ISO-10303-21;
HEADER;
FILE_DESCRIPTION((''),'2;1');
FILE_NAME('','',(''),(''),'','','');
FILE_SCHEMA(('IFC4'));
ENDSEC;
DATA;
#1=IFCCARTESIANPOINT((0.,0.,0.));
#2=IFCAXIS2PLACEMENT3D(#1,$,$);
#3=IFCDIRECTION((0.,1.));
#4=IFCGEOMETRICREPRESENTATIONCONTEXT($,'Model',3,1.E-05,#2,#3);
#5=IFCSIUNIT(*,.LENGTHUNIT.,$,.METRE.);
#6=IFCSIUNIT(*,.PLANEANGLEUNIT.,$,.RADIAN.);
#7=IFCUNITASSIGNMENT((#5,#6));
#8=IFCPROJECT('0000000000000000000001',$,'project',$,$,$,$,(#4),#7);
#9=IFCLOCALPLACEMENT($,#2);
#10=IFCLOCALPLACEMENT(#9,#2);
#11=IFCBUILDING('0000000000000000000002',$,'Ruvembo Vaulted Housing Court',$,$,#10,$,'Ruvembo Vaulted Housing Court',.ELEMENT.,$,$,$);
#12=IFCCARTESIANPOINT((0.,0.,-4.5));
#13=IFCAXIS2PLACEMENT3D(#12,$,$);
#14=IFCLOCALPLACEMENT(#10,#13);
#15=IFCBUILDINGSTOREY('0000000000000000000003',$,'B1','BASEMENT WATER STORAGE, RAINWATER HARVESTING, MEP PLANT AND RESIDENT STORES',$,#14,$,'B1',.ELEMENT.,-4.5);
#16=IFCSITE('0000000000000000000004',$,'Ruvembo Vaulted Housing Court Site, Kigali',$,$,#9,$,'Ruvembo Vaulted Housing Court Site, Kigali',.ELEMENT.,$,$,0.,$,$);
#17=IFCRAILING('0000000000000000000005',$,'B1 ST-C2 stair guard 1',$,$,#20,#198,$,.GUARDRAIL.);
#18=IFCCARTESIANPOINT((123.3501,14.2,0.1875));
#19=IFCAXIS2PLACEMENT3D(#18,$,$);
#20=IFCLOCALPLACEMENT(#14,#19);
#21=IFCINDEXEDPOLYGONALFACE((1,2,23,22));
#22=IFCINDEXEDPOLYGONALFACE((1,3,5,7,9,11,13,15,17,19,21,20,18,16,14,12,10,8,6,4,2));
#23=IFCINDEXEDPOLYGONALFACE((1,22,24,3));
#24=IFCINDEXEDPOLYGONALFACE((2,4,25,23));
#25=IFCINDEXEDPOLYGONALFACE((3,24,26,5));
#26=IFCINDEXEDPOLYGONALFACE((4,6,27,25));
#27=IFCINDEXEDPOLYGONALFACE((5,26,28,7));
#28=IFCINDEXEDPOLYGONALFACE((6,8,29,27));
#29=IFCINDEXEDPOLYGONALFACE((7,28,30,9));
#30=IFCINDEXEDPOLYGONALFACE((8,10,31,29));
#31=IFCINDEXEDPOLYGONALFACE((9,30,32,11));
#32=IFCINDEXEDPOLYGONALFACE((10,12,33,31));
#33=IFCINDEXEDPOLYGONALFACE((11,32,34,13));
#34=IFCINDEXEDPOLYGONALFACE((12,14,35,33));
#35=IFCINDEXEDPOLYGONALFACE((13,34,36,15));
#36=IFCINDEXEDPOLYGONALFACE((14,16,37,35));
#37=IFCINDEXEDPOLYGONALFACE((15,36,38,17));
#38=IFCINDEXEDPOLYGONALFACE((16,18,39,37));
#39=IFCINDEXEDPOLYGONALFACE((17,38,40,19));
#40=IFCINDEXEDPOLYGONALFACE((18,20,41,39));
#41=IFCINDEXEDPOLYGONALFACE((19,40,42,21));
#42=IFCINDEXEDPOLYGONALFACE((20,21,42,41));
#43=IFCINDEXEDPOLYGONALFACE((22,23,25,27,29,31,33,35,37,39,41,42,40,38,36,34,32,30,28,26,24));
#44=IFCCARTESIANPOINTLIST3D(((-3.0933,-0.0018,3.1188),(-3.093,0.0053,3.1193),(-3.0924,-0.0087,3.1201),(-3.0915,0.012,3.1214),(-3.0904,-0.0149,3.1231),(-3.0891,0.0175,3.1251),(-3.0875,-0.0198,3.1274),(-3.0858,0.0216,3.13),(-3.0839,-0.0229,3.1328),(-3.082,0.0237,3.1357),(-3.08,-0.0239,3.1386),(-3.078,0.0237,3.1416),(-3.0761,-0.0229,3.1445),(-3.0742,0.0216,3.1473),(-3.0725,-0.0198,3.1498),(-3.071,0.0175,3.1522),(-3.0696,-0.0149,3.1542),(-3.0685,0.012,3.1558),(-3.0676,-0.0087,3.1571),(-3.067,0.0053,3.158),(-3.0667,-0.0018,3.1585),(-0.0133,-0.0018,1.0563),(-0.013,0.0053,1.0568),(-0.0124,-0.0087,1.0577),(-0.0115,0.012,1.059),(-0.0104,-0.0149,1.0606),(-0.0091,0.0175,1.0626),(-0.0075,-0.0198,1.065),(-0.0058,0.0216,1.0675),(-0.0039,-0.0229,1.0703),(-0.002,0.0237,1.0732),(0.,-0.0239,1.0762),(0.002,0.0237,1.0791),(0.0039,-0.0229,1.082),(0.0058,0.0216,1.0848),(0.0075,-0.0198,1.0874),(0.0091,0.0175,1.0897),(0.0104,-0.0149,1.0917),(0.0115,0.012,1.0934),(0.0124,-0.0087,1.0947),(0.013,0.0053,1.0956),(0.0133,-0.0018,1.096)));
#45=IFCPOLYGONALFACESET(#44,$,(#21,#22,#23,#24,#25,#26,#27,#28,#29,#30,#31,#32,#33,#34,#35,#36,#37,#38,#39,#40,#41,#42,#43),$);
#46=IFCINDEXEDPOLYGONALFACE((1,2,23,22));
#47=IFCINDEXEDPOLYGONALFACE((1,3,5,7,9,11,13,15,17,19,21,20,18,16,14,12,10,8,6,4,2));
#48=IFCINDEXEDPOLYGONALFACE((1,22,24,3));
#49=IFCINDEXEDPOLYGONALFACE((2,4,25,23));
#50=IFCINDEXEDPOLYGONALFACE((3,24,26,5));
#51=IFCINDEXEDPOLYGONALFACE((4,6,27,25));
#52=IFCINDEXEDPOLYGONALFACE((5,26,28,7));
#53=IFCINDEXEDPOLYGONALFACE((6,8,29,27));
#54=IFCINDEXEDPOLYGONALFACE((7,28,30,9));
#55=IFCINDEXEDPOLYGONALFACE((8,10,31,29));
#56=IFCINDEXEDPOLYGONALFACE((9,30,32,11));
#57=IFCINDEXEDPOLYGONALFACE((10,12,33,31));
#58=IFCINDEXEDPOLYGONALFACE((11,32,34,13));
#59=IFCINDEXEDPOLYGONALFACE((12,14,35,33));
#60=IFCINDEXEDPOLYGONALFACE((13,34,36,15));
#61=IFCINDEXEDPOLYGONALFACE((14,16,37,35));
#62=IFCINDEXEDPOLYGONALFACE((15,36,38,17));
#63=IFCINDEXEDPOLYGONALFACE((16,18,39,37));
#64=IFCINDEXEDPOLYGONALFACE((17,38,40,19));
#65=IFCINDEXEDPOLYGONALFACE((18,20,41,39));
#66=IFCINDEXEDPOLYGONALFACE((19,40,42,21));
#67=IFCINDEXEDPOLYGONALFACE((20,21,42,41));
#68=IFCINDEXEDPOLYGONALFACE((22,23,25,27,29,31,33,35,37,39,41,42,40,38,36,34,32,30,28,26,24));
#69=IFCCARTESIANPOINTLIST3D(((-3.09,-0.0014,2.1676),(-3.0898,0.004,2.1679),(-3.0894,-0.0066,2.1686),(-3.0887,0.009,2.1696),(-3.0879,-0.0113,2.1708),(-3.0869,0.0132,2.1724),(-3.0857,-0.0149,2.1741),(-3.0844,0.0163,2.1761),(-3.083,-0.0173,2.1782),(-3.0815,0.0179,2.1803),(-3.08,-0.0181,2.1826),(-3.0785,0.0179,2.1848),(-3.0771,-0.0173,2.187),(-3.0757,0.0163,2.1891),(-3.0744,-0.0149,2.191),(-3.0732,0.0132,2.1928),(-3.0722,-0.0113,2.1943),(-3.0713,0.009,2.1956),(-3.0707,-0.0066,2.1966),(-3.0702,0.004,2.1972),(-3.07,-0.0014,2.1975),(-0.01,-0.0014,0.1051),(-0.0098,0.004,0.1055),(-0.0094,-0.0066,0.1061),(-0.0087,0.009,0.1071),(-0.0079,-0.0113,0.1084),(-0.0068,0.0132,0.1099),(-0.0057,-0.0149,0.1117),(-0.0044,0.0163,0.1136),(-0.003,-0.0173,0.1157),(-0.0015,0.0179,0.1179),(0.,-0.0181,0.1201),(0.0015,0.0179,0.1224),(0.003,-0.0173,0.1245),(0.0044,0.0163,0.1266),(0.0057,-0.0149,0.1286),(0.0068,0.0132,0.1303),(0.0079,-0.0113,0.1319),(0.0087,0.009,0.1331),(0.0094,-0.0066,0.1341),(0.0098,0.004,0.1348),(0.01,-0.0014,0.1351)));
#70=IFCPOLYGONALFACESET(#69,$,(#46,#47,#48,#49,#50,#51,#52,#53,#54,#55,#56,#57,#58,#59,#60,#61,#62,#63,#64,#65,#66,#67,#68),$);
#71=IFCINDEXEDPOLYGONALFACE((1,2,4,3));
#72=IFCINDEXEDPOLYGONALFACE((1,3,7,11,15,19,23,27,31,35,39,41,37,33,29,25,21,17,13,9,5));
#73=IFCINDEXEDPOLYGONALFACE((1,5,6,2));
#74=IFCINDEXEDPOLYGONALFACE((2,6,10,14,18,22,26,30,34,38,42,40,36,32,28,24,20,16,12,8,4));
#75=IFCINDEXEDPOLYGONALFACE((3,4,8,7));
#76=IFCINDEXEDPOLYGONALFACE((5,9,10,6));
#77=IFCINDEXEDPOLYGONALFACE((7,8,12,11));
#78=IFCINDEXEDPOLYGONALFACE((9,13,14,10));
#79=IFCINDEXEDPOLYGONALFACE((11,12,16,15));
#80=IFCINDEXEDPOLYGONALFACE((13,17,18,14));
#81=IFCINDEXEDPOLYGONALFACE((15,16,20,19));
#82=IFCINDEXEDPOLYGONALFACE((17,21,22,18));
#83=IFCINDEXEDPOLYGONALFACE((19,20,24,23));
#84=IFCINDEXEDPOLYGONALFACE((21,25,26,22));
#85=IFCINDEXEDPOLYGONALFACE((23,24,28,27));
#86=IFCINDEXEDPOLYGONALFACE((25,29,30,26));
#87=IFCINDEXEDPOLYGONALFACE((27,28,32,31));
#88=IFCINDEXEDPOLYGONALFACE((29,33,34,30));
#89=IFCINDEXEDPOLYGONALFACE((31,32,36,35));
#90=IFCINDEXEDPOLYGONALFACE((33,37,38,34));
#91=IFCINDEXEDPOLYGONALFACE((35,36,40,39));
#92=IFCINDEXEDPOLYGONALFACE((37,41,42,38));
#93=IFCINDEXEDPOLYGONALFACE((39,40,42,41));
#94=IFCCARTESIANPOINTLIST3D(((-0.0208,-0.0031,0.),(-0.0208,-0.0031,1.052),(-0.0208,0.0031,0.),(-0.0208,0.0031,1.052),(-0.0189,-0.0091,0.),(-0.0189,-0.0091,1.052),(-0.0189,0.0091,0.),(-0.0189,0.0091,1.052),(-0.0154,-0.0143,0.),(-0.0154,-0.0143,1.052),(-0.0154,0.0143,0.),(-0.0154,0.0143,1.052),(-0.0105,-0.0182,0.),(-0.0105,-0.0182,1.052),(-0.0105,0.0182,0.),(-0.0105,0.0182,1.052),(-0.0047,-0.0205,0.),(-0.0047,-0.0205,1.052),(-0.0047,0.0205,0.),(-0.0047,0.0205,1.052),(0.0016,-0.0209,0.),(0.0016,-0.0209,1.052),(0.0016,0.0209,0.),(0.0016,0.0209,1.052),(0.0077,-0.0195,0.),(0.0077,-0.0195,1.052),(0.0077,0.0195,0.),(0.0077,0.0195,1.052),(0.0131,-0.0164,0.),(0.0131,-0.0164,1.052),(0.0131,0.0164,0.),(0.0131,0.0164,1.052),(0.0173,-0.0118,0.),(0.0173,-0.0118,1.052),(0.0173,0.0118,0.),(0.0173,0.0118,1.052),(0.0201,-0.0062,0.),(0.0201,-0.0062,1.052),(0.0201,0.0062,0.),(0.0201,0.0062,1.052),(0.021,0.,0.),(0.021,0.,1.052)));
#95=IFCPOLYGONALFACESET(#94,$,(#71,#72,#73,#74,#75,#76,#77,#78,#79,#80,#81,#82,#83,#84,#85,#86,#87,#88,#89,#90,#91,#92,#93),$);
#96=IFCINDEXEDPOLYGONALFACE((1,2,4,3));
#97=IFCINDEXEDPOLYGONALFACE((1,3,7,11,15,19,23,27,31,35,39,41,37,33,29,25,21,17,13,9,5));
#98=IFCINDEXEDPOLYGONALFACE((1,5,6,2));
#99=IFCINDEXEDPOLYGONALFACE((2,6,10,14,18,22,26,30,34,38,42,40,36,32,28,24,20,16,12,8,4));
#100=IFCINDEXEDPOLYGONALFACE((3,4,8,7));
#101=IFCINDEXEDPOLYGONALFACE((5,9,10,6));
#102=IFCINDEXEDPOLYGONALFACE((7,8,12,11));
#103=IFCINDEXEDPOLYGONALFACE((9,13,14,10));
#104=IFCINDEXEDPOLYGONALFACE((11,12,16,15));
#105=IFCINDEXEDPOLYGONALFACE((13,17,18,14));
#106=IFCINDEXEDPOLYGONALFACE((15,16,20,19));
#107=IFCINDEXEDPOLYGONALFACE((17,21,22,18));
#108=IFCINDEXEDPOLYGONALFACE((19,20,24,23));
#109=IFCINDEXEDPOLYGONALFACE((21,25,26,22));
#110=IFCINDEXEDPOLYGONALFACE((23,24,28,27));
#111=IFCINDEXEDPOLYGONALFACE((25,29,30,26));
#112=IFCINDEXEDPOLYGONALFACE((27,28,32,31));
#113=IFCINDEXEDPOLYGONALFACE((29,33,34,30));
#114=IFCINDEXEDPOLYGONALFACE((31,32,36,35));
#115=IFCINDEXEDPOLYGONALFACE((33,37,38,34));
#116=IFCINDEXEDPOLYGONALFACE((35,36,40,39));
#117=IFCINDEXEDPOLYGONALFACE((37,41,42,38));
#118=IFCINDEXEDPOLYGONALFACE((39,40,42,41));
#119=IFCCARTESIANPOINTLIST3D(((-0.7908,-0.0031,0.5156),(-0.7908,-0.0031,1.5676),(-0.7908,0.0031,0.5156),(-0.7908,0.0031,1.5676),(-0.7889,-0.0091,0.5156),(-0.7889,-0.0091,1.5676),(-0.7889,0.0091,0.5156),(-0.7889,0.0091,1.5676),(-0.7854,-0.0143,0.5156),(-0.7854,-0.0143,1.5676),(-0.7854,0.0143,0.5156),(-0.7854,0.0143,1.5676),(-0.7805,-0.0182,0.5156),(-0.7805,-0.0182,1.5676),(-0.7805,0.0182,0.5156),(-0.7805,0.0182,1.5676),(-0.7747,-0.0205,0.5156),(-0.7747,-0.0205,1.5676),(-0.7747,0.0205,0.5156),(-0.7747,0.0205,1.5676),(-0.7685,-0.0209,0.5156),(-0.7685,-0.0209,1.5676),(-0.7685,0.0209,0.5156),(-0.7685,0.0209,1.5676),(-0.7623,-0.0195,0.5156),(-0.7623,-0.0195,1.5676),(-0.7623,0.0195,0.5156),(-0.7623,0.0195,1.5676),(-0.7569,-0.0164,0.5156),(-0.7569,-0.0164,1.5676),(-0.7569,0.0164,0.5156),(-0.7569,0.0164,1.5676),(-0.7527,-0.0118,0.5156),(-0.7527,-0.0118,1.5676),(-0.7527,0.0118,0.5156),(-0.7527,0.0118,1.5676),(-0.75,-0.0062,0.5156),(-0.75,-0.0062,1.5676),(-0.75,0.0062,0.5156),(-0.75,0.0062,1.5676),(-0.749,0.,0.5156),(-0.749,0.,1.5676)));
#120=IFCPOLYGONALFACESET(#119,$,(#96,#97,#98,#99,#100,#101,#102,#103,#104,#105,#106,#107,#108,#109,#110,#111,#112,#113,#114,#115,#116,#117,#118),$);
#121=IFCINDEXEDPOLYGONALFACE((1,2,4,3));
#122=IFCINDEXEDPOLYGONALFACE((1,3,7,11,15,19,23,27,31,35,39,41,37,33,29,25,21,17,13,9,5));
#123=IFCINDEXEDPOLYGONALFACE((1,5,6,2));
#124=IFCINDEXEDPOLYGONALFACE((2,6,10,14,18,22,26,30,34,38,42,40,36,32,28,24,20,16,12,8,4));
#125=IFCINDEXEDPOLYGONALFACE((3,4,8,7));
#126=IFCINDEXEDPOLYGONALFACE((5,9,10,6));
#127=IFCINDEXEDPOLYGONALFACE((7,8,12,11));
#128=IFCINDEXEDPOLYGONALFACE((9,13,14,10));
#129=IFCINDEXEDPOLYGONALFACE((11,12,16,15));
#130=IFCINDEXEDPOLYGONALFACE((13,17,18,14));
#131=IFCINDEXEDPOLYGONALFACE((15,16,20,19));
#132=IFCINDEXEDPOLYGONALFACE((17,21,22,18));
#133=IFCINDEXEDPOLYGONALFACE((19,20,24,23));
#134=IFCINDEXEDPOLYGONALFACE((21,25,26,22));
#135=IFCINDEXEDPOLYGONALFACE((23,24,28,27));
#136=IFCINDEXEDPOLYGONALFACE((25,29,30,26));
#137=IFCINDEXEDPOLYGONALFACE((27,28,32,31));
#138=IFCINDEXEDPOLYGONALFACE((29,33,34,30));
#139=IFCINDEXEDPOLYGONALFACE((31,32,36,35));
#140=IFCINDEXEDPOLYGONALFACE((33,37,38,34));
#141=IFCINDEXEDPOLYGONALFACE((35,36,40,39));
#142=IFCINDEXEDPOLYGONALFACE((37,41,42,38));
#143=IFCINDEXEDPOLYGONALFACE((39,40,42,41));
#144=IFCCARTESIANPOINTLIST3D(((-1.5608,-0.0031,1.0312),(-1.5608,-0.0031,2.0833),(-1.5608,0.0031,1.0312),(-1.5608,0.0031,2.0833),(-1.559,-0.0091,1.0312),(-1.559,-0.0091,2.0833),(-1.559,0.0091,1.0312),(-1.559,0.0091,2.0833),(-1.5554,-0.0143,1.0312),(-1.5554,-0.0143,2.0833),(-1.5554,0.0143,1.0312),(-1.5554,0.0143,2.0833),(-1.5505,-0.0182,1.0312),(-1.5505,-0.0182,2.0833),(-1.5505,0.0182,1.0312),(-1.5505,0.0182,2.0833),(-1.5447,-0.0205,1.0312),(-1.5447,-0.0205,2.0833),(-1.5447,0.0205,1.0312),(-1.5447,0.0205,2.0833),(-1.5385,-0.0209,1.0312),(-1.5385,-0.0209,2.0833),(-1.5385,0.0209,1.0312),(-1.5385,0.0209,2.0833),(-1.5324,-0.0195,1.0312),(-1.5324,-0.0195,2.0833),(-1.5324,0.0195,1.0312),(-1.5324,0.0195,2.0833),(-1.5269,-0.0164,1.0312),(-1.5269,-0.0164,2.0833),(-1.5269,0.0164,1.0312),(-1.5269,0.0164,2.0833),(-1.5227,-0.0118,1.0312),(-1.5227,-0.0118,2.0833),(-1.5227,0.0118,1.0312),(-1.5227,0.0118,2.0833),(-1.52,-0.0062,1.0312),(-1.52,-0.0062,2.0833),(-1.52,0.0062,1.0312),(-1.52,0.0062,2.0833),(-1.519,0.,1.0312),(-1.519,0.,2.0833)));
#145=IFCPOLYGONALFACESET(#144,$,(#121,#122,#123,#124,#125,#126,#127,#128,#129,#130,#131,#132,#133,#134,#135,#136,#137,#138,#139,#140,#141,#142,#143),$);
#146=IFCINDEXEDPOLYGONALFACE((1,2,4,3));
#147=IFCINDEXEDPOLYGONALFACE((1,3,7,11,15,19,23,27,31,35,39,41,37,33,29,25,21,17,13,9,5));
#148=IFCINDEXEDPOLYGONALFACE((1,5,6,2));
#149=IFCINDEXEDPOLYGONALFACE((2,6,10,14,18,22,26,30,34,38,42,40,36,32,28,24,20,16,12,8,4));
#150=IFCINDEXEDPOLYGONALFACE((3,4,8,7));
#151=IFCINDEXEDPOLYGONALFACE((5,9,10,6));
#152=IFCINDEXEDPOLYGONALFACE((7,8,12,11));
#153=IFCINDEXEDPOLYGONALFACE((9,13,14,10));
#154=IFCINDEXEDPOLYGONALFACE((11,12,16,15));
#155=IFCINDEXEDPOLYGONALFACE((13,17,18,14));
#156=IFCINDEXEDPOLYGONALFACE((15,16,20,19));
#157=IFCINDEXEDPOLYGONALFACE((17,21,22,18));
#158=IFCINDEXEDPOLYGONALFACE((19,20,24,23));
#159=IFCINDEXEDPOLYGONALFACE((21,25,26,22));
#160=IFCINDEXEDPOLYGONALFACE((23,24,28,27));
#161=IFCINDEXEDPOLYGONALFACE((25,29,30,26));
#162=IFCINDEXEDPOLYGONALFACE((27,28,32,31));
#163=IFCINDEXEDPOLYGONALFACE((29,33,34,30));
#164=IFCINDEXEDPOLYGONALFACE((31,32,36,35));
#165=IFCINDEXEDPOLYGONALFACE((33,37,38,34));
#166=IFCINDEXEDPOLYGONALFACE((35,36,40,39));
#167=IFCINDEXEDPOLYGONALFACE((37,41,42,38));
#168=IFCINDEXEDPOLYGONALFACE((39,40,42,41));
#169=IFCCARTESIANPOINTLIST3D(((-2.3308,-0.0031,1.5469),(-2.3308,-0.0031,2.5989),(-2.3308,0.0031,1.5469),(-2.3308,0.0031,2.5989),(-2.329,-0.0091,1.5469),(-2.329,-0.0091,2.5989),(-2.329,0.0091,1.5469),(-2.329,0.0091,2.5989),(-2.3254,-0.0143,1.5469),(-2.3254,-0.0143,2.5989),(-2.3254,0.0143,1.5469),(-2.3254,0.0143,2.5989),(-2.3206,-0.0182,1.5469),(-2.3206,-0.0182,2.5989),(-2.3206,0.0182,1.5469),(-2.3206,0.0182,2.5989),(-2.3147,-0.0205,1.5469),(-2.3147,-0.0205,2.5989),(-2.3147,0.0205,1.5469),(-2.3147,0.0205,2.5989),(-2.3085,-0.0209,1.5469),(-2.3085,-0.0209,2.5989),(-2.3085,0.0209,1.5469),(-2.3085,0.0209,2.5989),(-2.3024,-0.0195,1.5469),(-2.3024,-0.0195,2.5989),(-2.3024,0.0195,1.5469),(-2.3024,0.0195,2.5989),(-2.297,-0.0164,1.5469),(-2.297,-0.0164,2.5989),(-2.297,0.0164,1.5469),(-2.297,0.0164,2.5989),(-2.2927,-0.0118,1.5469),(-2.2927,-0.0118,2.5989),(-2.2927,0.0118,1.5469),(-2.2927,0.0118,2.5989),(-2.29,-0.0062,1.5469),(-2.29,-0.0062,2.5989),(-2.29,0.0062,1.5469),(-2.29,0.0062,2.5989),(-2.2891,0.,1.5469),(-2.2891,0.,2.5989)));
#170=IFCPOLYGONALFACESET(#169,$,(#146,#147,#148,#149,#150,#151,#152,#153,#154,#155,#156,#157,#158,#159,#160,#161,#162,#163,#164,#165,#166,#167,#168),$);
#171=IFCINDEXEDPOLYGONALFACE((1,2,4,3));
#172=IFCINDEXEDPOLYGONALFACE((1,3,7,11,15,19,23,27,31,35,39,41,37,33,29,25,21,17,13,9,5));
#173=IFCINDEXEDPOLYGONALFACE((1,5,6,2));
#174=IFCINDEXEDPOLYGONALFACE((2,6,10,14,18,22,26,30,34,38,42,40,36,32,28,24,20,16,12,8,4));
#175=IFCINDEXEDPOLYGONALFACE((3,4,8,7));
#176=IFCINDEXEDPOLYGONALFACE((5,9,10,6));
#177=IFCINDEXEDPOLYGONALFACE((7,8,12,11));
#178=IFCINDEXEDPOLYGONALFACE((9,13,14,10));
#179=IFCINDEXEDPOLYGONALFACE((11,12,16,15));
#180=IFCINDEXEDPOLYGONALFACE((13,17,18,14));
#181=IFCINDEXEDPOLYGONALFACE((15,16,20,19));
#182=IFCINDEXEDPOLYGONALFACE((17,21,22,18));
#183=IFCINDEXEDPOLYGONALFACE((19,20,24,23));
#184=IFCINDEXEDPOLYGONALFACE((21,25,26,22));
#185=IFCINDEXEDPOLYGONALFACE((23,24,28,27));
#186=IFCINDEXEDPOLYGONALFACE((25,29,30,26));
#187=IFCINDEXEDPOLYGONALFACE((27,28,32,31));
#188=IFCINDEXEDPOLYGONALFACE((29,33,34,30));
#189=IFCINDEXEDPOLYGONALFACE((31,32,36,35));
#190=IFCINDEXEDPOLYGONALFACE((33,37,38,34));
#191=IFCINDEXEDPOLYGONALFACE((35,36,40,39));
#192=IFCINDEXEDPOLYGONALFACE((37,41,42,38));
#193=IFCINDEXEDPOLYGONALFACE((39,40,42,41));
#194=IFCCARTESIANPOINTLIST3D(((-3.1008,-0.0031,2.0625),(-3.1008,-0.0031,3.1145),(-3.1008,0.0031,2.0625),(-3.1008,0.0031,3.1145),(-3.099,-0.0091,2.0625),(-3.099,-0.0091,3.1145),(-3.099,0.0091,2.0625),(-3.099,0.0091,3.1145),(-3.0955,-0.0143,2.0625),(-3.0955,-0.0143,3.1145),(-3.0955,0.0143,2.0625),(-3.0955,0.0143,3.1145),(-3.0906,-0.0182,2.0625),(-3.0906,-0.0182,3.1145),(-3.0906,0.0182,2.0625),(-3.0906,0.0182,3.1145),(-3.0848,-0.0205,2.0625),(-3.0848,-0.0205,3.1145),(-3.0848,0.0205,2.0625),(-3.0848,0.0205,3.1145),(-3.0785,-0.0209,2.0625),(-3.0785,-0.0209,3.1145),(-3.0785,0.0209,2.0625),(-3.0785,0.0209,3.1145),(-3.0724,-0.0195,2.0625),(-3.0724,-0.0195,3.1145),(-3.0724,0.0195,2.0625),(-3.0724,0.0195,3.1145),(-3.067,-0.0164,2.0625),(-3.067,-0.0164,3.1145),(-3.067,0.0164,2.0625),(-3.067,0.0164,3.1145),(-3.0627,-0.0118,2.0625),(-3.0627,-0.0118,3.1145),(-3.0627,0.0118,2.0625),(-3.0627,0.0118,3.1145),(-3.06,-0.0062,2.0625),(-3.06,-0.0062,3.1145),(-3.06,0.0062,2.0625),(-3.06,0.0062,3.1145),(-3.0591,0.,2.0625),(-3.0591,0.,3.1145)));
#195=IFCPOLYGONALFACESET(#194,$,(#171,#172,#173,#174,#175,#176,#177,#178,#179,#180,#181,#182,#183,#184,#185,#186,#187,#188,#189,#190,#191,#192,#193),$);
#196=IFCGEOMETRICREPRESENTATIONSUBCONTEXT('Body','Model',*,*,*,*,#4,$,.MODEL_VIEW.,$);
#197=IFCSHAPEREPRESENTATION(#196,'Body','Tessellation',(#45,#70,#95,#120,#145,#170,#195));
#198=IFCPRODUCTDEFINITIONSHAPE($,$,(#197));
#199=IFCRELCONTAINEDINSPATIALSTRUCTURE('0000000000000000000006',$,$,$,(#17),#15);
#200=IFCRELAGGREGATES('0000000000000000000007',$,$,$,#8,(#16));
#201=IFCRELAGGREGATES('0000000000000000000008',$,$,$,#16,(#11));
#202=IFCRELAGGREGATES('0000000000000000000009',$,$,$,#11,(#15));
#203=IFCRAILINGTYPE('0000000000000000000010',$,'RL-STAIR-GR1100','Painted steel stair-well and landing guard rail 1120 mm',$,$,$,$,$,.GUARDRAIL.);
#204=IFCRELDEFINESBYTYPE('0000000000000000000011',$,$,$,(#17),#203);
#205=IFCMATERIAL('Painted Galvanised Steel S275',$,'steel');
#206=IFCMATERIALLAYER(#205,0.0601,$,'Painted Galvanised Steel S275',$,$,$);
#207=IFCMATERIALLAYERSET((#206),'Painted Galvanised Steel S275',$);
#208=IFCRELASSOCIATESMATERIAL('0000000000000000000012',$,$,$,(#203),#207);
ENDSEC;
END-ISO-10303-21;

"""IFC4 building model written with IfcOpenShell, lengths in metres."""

from ifc_helpers import new_model, si_unit, direction, frame, origin, origin_2d, place, context, subcontext, project, spatial, circle, extrude, material, layer, layer_set, type_object, element, save


model = new_model("IFC4")

# Units and contexts
model_context = context("Model", 3, precision=1e-05, world=origin(), true_north=direction((0.0, 1.0)))
body_context = subcontext(model_context, "Body", "Model", "MODEL_VIEW")
ifc_project = project(units=[si_unit("LENGTHUNIT", "METRE"), si_unit("PLANEANGLEUNIT", "RADIAN")], contexts=[model_context])

# Site, building, storey
site_placement = place(None, origin())
site = spatial("IfcSite", under=ifc_project, at=site_placement, Name="Ruvembo Vaulted Housing Court Site, Kigali", LongName="Ruvembo Vaulted Housing Court Site, Kigali", CompositionType="ELEMENT", RefElevation=0.0)
building_placement = place(site_placement, origin())
building = spatial("IfcBuilding", under=site, at=building_placement, Name="Ruvembo Vaulted Housing Court", LongName="Ruvembo Vaulted Housing Court", CompositionType="ELEMENT")
storey_placement = place(building_placement, frame((0.0, 0.0, -4.5)))
storey = spatial("IfcBuildingStorey", under=building, at=storey_placement, Name="B1", Description="BASEMENT WATER STORAGE, RAINWATER HARVESTING, MEP PLANT AND RESIDENT STORES", LongName="B1", CompositionType="ELEMENT", Elevation=-4.5)

# Railing
ifc_material_1 = material(Name="Painted Galvanised Steel S275", Category="steel")
ifc_layer_1 = layer(ifc_material_1, 0.0601, Name="Painted Galvanised Steel S275")
ifc_layer_set_1 = layer_set([ifc_layer_1], Name="Painted Galvanised Steel S275")
railing_type_1 = type_object("IfcRailingType", Name="RL-STAIR-GR1100", Description="Painted steel stair-well and landing guard rail 1120 mm", PredefinedType="GUARDRAIL", material=ifc_layer_set_1)
railing_1_placement = place(storey_placement, frame((123.3501, 14.2, 0.1875)))
element("IfcRailing", 1, at=railing_1_placement, inside=storey, type_object=railing_type_1, Name="B1 ST-C2 stair guard 1", PredefinedType="GUARDRAIL", context=body_context, shape_type="SweptSolid", body=[
    extrude(circle(Radius=0.0239, at=origin_2d()), frame((0.0, 0.0, 1.0762), z_axis=(-0.830914, 0.0, 0.556401), x_axis=(0.0, -1.0, 0.0)), (0.0, 0.0, 1.0), 3.7068),
    extrude(circle(Radius=0.0181, at=origin_2d()), frame((0.0, 0.0, 0.1201), z_axis=(-0.830914, 0.0, 0.556401), x_axis=(0.0, -1.0, 0.0)), (0.0, 0.0, 1.0), 3.7068),
    extrude(circle(Radius=0.021, at=origin_2d()), origin(), (0.0, 0.0, 1.0), 1.052),
    extrude(circle(Radius=0.021, at=origin_2d()), frame((-0.77, 0.0, 0.5156)), (0.0, 0.0, 1.0), 1.052),
    extrude(circle(Radius=0.021, at=origin_2d()), frame((-1.54, 0.0, 1.0312)), (0.0, 0.0, 1.0), 1.052),
    extrude(circle(Radius=0.021, at=origin_2d()), frame((-2.3101, 0.0, 1.5469)), (0.0, 0.0, 1.0), 1.052),
    extrude(circle(Radius=0.021, at=origin_2d()), frame((-3.0801, 0.0, 2.0625)), (0.0, 0.0, 1.0), 1.052),
])

save(model, "model.ifc")
